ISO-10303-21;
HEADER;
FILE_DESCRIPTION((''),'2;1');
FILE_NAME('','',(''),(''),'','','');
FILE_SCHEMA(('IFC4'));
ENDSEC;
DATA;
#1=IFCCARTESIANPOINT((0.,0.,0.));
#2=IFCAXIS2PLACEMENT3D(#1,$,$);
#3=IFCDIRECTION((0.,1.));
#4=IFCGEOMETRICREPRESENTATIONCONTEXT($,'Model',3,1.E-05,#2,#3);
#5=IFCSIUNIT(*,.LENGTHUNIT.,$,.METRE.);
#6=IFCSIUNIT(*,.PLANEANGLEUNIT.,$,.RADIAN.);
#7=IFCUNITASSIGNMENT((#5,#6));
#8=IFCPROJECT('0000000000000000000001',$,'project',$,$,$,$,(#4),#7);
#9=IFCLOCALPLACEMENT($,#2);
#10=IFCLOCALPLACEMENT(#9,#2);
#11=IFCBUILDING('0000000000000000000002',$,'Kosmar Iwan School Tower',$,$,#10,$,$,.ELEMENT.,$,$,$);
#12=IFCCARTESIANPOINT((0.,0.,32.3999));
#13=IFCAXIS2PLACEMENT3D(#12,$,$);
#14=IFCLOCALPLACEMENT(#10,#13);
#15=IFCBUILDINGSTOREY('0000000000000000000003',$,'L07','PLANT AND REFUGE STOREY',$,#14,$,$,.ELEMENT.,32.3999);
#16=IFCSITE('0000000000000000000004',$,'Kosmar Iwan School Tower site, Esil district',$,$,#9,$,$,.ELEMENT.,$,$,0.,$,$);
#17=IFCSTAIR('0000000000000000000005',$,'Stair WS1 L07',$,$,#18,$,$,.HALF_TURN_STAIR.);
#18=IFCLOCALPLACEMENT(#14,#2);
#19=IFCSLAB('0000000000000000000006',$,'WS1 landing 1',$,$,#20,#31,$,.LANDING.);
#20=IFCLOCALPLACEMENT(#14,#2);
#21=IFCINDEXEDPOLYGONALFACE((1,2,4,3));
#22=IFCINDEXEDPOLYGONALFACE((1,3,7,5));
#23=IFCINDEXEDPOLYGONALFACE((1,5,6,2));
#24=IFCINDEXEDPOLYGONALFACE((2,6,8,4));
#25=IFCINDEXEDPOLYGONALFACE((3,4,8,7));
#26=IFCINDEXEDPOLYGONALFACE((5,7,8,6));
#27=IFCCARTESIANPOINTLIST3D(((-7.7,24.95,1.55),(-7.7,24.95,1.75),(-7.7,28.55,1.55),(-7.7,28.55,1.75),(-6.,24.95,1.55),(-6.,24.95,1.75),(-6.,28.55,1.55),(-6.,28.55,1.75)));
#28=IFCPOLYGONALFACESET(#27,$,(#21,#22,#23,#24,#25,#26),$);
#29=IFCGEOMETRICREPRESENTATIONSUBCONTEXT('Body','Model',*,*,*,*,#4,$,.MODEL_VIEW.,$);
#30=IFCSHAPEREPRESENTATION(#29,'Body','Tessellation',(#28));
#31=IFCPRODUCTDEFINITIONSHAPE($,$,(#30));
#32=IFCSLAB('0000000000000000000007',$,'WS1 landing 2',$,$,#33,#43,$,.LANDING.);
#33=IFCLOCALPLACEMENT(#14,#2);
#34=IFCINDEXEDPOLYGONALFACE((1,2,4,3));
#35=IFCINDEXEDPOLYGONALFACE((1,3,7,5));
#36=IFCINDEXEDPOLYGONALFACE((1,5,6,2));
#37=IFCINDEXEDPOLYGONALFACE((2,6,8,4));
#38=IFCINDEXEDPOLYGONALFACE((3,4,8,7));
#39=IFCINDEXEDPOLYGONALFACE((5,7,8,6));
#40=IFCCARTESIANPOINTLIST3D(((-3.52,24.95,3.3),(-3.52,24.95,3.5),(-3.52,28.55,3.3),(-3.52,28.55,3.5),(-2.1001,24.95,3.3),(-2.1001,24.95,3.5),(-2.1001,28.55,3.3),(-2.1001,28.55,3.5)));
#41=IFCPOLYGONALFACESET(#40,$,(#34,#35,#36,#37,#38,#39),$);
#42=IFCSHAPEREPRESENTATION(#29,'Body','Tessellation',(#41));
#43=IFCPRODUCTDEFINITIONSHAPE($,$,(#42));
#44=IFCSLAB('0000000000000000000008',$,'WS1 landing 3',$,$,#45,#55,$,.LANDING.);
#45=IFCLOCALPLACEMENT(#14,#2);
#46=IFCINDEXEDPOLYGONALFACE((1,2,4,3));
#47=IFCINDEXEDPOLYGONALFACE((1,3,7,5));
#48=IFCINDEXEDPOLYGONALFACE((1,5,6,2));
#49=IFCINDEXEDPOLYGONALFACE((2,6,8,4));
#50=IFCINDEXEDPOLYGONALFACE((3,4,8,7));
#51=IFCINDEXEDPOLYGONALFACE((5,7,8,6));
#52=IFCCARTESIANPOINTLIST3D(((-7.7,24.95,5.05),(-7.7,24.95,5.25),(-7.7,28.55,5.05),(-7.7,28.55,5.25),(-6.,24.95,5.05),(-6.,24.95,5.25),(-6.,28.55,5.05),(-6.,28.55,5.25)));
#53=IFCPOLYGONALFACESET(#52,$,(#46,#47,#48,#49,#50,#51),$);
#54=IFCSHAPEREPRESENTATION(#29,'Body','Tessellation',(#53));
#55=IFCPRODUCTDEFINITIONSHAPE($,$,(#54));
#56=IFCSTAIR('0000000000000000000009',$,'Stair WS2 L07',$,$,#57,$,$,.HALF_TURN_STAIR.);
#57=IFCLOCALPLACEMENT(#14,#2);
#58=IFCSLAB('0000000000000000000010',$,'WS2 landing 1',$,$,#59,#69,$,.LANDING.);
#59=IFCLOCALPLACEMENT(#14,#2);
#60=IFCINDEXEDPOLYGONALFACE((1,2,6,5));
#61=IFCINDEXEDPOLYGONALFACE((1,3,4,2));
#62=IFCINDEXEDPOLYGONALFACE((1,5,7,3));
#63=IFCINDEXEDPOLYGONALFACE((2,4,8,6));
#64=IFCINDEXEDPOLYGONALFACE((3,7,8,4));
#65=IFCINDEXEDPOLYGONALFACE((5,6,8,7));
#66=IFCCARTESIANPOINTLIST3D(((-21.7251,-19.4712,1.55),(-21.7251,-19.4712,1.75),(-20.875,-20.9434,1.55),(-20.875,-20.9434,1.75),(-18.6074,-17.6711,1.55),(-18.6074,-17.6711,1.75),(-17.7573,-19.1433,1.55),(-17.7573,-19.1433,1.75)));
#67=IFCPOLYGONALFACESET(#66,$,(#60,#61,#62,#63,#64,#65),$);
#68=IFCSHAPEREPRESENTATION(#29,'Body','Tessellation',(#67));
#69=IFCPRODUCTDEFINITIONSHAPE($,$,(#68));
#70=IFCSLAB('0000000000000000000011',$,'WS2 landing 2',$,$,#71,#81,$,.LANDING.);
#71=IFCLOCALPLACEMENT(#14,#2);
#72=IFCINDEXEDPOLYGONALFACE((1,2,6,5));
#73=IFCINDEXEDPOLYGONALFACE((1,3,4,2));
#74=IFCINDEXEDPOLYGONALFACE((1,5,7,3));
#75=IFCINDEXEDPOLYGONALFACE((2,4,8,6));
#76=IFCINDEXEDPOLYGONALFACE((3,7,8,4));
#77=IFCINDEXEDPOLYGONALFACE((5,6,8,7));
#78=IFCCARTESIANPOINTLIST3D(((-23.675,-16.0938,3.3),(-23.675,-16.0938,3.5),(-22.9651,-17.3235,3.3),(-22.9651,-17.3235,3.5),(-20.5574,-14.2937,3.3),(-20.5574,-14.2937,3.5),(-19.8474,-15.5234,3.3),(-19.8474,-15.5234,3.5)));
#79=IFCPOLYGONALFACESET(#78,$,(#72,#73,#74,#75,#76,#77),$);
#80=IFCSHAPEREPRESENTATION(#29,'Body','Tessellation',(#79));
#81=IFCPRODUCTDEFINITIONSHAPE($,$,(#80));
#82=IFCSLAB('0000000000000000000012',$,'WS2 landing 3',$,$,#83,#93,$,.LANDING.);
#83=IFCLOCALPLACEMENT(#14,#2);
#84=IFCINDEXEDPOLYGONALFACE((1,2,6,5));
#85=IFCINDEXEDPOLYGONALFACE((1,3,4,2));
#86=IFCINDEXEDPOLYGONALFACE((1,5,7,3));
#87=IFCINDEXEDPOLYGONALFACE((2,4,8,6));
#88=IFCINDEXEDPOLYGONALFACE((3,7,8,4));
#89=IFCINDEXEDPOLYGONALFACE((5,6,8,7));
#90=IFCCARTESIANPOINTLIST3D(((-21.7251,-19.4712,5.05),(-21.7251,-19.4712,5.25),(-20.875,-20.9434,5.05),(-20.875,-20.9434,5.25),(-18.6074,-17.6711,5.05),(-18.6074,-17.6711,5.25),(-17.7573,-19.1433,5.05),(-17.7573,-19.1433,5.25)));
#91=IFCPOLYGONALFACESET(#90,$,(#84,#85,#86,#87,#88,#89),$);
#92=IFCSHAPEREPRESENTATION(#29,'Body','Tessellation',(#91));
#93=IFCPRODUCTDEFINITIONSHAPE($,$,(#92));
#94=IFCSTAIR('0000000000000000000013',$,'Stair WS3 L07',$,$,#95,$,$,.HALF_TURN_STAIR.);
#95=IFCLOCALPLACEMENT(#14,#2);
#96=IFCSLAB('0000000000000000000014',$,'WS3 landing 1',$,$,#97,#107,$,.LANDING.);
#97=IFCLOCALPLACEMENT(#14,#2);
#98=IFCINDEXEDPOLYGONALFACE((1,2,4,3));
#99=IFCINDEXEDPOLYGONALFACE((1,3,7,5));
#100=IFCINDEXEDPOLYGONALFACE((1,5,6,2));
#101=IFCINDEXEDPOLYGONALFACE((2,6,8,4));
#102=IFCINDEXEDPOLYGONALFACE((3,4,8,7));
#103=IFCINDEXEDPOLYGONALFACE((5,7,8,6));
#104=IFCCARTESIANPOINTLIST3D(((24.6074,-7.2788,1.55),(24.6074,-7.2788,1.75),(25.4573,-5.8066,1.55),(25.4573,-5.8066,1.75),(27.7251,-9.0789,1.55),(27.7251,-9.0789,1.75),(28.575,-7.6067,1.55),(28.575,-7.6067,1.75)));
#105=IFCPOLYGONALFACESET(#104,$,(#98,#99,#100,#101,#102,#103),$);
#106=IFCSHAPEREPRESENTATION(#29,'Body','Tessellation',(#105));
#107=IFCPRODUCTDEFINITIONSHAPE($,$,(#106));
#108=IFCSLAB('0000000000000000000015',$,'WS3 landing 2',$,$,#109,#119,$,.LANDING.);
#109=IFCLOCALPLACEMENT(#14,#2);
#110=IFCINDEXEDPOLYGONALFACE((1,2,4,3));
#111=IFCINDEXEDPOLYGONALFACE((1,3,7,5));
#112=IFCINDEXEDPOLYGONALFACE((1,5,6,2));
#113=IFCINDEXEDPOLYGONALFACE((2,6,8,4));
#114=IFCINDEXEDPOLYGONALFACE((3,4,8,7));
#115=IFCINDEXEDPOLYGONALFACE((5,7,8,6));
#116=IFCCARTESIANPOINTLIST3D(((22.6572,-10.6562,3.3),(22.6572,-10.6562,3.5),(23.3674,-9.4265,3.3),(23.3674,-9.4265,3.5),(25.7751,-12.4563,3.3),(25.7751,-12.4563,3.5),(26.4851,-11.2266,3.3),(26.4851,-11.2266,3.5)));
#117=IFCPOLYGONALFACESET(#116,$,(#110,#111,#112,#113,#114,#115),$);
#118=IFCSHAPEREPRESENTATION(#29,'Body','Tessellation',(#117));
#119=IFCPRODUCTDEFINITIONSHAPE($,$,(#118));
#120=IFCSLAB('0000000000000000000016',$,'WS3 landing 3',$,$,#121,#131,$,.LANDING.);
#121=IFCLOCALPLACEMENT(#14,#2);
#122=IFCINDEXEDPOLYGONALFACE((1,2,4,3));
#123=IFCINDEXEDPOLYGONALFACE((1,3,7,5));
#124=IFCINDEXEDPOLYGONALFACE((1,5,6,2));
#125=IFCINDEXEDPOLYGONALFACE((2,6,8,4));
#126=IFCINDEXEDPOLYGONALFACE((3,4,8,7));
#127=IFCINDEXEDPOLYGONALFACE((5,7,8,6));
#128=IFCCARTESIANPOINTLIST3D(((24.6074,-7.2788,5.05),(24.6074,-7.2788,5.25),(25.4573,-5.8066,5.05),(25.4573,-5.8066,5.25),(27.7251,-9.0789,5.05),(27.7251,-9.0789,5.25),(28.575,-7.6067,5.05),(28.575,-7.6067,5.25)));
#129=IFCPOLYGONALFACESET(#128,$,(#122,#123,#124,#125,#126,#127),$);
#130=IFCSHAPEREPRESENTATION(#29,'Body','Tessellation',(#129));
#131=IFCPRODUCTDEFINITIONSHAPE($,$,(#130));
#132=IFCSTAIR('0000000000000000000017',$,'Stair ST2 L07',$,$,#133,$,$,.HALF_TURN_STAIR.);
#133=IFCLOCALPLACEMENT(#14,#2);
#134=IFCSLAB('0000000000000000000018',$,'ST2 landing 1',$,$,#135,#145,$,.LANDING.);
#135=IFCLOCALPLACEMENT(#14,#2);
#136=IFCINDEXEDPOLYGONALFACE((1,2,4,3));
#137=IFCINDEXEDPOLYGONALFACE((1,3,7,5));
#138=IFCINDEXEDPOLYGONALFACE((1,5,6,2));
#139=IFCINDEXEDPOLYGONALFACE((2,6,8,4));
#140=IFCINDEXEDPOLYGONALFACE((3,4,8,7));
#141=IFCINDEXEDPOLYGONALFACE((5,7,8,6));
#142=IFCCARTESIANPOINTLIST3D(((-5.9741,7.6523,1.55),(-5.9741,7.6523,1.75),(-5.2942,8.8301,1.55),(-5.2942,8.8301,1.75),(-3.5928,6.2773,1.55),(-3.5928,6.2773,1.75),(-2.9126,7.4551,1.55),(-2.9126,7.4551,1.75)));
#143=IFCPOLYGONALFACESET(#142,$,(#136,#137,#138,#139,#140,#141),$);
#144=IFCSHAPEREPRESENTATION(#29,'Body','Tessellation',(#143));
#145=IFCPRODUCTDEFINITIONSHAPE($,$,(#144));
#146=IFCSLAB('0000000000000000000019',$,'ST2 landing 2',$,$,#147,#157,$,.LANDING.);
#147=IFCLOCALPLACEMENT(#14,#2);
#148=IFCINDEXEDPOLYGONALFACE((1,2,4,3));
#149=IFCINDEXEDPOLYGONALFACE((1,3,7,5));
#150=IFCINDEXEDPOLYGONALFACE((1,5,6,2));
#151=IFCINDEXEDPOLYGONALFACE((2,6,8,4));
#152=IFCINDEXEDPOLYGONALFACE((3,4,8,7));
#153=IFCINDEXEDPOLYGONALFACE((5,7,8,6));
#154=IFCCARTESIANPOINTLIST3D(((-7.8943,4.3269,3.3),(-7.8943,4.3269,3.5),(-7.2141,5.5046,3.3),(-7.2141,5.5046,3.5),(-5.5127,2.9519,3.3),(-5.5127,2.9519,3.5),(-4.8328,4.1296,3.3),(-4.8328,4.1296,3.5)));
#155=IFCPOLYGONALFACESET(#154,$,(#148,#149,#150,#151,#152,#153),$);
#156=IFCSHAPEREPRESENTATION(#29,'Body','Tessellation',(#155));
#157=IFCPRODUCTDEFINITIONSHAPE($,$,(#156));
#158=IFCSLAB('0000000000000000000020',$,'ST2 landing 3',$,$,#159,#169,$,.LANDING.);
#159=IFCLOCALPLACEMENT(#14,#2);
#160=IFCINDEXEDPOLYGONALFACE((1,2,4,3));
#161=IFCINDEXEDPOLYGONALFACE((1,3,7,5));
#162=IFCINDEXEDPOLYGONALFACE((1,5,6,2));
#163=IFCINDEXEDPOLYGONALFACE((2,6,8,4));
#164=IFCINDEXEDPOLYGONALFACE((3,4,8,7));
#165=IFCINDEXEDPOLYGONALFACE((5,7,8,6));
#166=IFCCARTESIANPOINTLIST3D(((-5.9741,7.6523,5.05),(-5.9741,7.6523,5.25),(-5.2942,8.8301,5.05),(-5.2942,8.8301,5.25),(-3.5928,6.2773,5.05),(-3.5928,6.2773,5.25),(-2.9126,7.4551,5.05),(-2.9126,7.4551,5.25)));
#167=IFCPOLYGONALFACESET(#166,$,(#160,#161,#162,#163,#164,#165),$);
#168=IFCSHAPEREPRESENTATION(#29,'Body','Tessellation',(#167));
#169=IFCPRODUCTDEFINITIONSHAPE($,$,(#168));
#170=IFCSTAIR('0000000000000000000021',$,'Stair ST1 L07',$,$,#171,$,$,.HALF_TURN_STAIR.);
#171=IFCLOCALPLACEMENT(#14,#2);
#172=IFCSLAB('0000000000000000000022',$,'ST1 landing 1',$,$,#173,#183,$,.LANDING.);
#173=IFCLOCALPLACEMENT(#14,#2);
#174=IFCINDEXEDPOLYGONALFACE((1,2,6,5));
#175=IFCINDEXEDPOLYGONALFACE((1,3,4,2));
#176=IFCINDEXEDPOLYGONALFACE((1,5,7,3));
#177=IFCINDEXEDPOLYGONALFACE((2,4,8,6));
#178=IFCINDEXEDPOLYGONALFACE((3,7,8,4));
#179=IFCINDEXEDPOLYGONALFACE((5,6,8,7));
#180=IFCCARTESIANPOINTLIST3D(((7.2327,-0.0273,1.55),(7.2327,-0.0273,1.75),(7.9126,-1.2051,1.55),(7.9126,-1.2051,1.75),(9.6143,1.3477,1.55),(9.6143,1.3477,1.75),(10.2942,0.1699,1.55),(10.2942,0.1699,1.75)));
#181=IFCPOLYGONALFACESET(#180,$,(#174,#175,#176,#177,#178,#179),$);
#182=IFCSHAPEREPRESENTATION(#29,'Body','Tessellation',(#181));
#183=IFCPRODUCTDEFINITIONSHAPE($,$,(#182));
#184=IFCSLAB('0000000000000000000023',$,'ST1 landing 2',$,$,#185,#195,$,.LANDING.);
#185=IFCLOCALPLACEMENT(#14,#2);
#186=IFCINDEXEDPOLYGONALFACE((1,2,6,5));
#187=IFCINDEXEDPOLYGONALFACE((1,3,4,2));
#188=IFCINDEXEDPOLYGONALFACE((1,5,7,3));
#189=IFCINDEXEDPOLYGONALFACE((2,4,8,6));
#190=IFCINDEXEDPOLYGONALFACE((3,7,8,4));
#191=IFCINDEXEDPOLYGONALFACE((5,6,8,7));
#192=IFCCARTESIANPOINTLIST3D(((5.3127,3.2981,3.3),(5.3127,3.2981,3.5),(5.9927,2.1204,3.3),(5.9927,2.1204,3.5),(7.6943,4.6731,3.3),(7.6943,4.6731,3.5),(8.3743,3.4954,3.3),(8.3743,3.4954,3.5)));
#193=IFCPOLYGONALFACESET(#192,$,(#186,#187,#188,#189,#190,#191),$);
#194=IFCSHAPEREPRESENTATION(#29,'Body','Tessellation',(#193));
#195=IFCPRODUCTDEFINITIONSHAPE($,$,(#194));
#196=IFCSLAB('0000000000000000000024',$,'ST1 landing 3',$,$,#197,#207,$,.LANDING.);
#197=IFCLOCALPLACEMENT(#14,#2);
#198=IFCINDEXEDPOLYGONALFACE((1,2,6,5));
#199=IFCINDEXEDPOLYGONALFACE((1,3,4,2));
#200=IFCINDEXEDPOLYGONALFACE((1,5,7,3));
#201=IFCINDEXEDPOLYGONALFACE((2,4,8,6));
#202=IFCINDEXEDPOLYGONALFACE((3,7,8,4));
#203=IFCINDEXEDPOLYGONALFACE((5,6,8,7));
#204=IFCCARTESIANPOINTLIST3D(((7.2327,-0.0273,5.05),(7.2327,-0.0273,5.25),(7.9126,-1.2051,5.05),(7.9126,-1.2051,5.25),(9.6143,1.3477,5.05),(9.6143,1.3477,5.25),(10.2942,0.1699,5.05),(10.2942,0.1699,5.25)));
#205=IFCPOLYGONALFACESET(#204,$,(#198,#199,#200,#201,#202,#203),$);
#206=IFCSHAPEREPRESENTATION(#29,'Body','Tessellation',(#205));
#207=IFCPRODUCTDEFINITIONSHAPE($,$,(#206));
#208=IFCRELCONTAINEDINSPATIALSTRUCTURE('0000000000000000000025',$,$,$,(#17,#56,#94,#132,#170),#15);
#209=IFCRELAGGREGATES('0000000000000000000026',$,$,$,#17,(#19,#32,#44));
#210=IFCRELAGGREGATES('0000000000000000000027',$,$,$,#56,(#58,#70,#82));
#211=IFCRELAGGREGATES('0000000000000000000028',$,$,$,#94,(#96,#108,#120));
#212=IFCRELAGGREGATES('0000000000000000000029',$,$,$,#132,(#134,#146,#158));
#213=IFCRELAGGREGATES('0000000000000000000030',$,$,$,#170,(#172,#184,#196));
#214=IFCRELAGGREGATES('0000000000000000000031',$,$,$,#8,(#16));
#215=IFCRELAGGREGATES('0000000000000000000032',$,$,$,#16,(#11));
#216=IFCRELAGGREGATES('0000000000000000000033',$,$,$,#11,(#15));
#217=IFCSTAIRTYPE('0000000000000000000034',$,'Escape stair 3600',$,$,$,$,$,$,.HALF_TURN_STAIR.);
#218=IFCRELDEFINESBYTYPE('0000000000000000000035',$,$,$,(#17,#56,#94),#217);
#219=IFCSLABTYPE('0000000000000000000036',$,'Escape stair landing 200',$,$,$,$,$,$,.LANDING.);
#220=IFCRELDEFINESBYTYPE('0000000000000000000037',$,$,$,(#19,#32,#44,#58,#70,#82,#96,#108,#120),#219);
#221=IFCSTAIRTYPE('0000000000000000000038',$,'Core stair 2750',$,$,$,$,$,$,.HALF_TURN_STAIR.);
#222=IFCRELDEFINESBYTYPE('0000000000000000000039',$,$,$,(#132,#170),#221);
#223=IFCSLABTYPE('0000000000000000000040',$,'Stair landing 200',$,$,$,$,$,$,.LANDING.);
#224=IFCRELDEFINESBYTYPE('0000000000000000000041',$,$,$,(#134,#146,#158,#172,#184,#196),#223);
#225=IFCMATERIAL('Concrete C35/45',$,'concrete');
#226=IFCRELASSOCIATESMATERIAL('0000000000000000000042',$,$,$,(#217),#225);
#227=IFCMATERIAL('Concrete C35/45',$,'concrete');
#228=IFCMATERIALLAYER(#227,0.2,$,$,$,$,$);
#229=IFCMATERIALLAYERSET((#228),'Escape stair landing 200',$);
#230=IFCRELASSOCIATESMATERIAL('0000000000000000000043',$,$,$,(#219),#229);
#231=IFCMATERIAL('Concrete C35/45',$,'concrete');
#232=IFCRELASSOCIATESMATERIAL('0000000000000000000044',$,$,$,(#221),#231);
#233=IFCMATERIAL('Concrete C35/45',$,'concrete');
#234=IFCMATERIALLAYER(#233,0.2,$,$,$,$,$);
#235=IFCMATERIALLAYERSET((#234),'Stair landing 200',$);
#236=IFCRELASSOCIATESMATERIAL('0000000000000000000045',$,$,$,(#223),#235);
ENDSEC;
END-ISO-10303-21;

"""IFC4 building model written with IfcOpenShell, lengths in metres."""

from ifc_helpers import new_model, si_unit, direction, frame, origin, place, context, subcontext, project, spatial, polyline, outline, extrude, material, layer, layer_set, type_object, element, aggregate, save


model = new_model("IFC4")

# Units and contexts
model_context = context("Model", 3, precision=1e-05, world=origin(), true_north=direction((0.0, 1.0)))
body_context = subcontext(model_context, "Body", "Model", "MODEL_VIEW")
ifc_project = project(units=[si_unit("LENGTHUNIT", "METRE"), si_unit("PLANEANGLEUNIT", "RADIAN")], contexts=[model_context])

# Site, building, storey
site_placement = place(None, origin())
site = spatial("IfcSite", under=ifc_project, at=site_placement, Name="Kosmar Iwan School Tower site, Esil district", CompositionType="ELEMENT", RefElevation=0.0)
building_placement = place(site_placement, origin())
building = spatial("IfcBuilding", under=site, at=building_placement, Name="Kosmar Iwan School Tower", CompositionType="ELEMENT")
storey_placement = place(building_placement, frame((0.0, 0.0, 32.3999)))
storey = spatial("IfcBuildingStorey", under=building, at=storey_placement, Name="L07", Description="PLANT AND REFUGE STOREY", CompositionType="ELEMENT", Elevation=32.3999)

# Stairs, slabs
ifc_material_1 = material(Name="Concrete C35/45", Category="concrete")
stair_type_1 = type_object("IfcStairType", Name="Escape stair 3600", PredefinedType="HALF_TURN_STAIR", material=ifc_material_1)
stair_1_placement = place(storey_placement, origin())
stair_1 = element("IfcStair", 1, at=stair_1_placement, inside=storey, type_object=stair_type_1, Name="Stair WS1 L07", PredefinedType="HALF_TURN_STAIR")
ifc_material_2 = material(Name="Concrete C35/45", Category="concrete")
ifc_layer_1 = layer(ifc_material_2, 0.2)
ifc_layer_set_1 = layer_set([ifc_layer_1], Name="Escape stair landing 200")
slab_type_1 = type_object("IfcSlabType", Name="Escape stair landing 200", PredefinedType="LANDING", material=ifc_layer_set_1)
slab_1_placement = place(storey_placement, frame((0.0, 0.0, 1.55)))
slab_1 = element("IfcSlab", 2, at=slab_1_placement, type_object=slab_type_1, Name="WS1 landing 1", PredefinedType="LANDING", context=body_context, shape_type="SweptSolid", body=[
    extrude(outline(polyline([(-6.0, 24.95), (-6.0, 28.55), (-7.7, 28.55), (-7.7, 24.95), (-6.0, 24.95)])), origin(), (0.0, 0.0, 1.0), 0.2),
])
slab_2_placement = place(storey_placement, frame((0.0, 0.0, 3.3)))
slab_2 = element("IfcSlab", 3, at=slab_2_placement, type_object=slab_type_1, Name="WS1 landing 2", PredefinedType="LANDING", context=body_context, shape_type="SweptSolid", body=[
    extrude(outline(polyline([(-2.1001, 24.95), (-2.1001, 28.55), (-3.52, 28.55), (-3.52, 24.95), (-2.1001, 24.95)])), origin(), (0.0, 0.0, 1.0), 0.2),
])
slab_3_placement = place(storey_placement, frame((0.0, 0.0, 5.05)))
slab_3 = element("IfcSlab", 4, at=slab_3_placement, type_object=slab_type_1, Name="WS1 landing 3", PredefinedType="LANDING", context=body_context, shape_type="SweptSolid", body=[
    extrude(outline(polyline([(-6.0, 24.95), (-6.0, 28.55), (-7.7, 28.55), (-7.7, 24.95), (-6.0, 24.95)])), origin(), (0.0, 0.0, 1.0), 0.2),
])
aggregate(stair_1, [slab_1, slab_2, slab_3])
stair_2_placement = place(storey_placement, origin())
stair_2 = element("IfcStair", 5, at=stair_2_placement, inside=storey, type_object=stair_type_1, Name="Stair WS2 L07", PredefinedType="HALF_TURN_STAIR")
slab_4_placement = place(storey_placement, frame((0.0, 0.0, 1.55)))
slab_4 = element("IfcSlab", 6, at=slab_4_placement, type_object=slab_type_1, Name="WS2 landing 1", PredefinedType="LANDING", context=body_context, shape_type="SweptSolid", body=[
    extrude(outline(polyline([(-18.6074, -17.6711), (-21.7251, -19.4712), (-20.875, -20.9434), (-17.7573, -19.1433), (-18.6074, -17.6711)])), origin(), (0.0, 0.0, 1.0), 0.2),
])
slab_5_placement = place(storey_placement, frame((0.0, 0.0, 3.3)))
slab_5 = element("IfcSlab", 7, at=slab_5_placement, type_object=slab_type_1, Name="WS2 landing 2", PredefinedType="LANDING", context=body_context, shape_type="SweptSolid", body=[
    extrude(outline(polyline([(-20.5574, -14.2937), (-23.675, -16.0938), (-22.9651, -17.3235), (-19.8474, -15.5234), (-20.5574, -14.2937)])), origin(), (0.0, 0.0, 1.0), 0.2),
])
slab_6_placement = place(storey_placement, frame((0.0, 0.0, 5.05)))
slab_6 = element("IfcSlab", 8, at=slab_6_placement, type_object=slab_type_1, Name="WS2 landing 3", PredefinedType="LANDING", context=body_context, shape_type="SweptSolid", body=[
    extrude(outline(polyline([(-18.6074, -17.6711), (-21.7251, -19.4712), (-20.875, -20.9434), (-17.7573, -19.1433), (-18.6074, -17.6711)])), origin(), (0.0, 0.0, 1.0), 0.2),
])
aggregate(stair_2, [slab_4, slab_5, slab_6])
stair_3_placement = place(storey_placement, origin())
stair_3 = element("IfcStair", 9, at=stair_3_placement, inside=storey, type_object=stair_type_1, Name="Stair WS3 L07", PredefinedType="HALF_TURN_STAIR")
slab_7_placement = place(storey_placement, frame((0.0, 0.0, 1.55)))
slab_7 = element("IfcSlab", 10, at=slab_7_placement, type_object=slab_type_1, Name="WS3 landing 1", PredefinedType="LANDING", context=body_context, shape_type="SweptSolid", body=[
    extrude(outline(polyline([(24.6074, -7.2788), (27.7251, -9.0789), (28.575, -7.6067), (25.4573, -5.8066), (24.6074, -7.2788)])), origin(), (0.0, 0.0, 1.0), 0.2),
])
slab_8_placement = place(storey_placement, frame((0.0, 0.0, 3.3)))
slab_8 = element("IfcSlab", 11, at=slab_8_placement, type_object=slab_type_1, Name="WS3 landing 2", PredefinedType="LANDING", context=body_context, shape_type="SweptSolid", body=[
    extrude(outline(polyline([(22.6572, -10.6562), (25.7751, -12.4563), (26.4851, -11.2266), (23.3674, -9.4265), (22.6572, -10.6562)])), origin(), (0.0, 0.0, 1.0), 0.2),
])
slab_9_placement = place(storey_placement, frame((0.0, 0.0, 5.05)))
slab_9 = element("IfcSlab", 12, at=slab_9_placement, type_object=slab_type_1, Name="WS3 landing 3", PredefinedType="LANDING", context=body_context, shape_type="SweptSolid", body=[
    extrude(outline(polyline([(24.6074, -7.2788), (27.7251, -9.0789), (28.575, -7.6067), (25.4573, -5.8066), (24.6074, -7.2788)])), origin(), (0.0, 0.0, 1.0), 0.2),
])
aggregate(stair_3, [slab_7, slab_8, slab_9])
ifc_material_3 = material(Name="Concrete C35/45", Category="concrete")
stair_type_2 = type_object("IfcStairType", Name="Core stair 2750", PredefinedType="HALF_TURN_STAIR", material=ifc_material_3)
stair_4_placement = place(storey_placement, origin())
stair_4 = element("IfcStair", 13, at=stair_4_placement, inside=storey, type_object=stair_type_2, Name="Stair ST2 L07", PredefinedType="HALF_TURN_STAIR")
ifc_material_4 = material(Name="Concrete C35/45", Category="concrete")
ifc_layer_2 = layer(ifc_material_4, 0.2)
ifc_layer_set_2 = layer_set([ifc_layer_2], Name="Stair landing 200")
slab_type_2 = type_object("IfcSlabType", Name="Stair landing 200", PredefinedType="LANDING", material=ifc_layer_set_2)
slab_10_placement = place(storey_placement, frame((0.0, 0.0, 1.55)))
slab_10 = element("IfcSlab", 14, at=slab_10_placement, type_object=slab_type_2, Name="ST2 landing 1", PredefinedType="LANDING", context=body_context, shape_type="SweptSolid", body=[
    extrude(outline(polyline([(-2.9126, 7.4551), (-5.2942, 8.8301), (-5.9741, 7.6523), (-3.5928, 6.2773), (-2.9126, 7.4551)])), origin(), (0.0, 0.0, 1.0), 0.2),
])
slab_11_placement = place(storey_placement, frame((0.0, 0.0, 3.3)))
slab_11 = element("IfcSlab", 15, at=slab_11_placement, type_object=slab_type_2, Name="ST2 landing 2", PredefinedType="LANDING", context=body_context, shape_type="SweptSolid", body=[
    extrude(outline(polyline([(-4.8328, 4.1296), (-7.2141, 5.5046), (-7.8943, 4.3269), (-5.5127, 2.9519), (-4.8328, 4.1296)])), origin(), (0.0, 0.0, 1.0), 0.2),
])
slab_12_placement = place(storey_placement, frame((0.0, 0.0, 5.05)))
slab_12 = element("IfcSlab", 16, at=slab_12_placement, type_object=slab_type_2, Name="ST2 landing 3", PredefinedType="LANDING", context=body_context, shape_type="SweptSolid", body=[
    extrude(outline(polyline([(-2.9126, 7.4551), (-5.2942, 8.8301), (-5.9741, 7.6523), (-3.5928, 6.2773), (-2.9126, 7.4551)])), origin(), (0.0, 0.0, 1.0), 0.2),
])
aggregate(stair_4, [slab_10, slab_11, slab_12])
stair_5_placement = place(storey_placement, origin())
stair_5 = element("IfcStair", 17, at=stair_5_placement, inside=storey, type_object=stair_type_2, Name="Stair ST1 L07", PredefinedType="HALF_TURN_STAIR")
slab_13_placement = place(storey_placement, frame((0.0, 0.0, 1.55)))
slab_13 = element("IfcSlab", 18, at=slab_13_placement, type_object=slab_type_2, Name="ST1 landing 1", PredefinedType="LANDING", context=body_context, shape_type="SweptSolid", body=[
    extrude(outline(polyline([(7.9126, -1.2051), (10.2942, 0.1699), (9.6143, 1.3477), (7.2327, -0.0273), (7.9126, -1.2051)])), origin(), (0.0, 0.0, 1.0), 0.2),
])
slab_14_placement = place(storey_placement, frame((0.0, 0.0, 3.3)))
slab_14 = element("IfcSlab", 19, at=slab_14_placement, type_object=slab_type_2, Name="ST1 landing 2", PredefinedType="LANDING", context=body_context, shape_type="SweptSolid", body=[
    extrude(outline(polyline([(5.9927, 2.1204), (8.3743, 3.4954), (7.6943, 4.6731), (5.3127, 3.2981), (5.9927, 2.1204)])), origin(), (0.0, 0.0, 1.0), 0.2),
])
slab_15_placement = place(storey_placement, frame((0.0, 0.0, 5.05)))
slab_15 = element("IfcSlab", 20, at=slab_15_placement, type_object=slab_type_2, Name="ST1 landing 3", PredefinedType="LANDING", context=body_context, shape_type="SweptSolid", body=[
    extrude(outline(polyline([(7.9126, -1.2051), (10.2942, 0.1699), (9.6143, 1.3477), (7.2327, -0.0273), (7.9126, -1.2051)])), origin(), (0.0, 0.0, 1.0), 0.2),
])

aggregate(stair_5, [slab_13, slab_14, slab_15])

save(model, "model.ifc")
